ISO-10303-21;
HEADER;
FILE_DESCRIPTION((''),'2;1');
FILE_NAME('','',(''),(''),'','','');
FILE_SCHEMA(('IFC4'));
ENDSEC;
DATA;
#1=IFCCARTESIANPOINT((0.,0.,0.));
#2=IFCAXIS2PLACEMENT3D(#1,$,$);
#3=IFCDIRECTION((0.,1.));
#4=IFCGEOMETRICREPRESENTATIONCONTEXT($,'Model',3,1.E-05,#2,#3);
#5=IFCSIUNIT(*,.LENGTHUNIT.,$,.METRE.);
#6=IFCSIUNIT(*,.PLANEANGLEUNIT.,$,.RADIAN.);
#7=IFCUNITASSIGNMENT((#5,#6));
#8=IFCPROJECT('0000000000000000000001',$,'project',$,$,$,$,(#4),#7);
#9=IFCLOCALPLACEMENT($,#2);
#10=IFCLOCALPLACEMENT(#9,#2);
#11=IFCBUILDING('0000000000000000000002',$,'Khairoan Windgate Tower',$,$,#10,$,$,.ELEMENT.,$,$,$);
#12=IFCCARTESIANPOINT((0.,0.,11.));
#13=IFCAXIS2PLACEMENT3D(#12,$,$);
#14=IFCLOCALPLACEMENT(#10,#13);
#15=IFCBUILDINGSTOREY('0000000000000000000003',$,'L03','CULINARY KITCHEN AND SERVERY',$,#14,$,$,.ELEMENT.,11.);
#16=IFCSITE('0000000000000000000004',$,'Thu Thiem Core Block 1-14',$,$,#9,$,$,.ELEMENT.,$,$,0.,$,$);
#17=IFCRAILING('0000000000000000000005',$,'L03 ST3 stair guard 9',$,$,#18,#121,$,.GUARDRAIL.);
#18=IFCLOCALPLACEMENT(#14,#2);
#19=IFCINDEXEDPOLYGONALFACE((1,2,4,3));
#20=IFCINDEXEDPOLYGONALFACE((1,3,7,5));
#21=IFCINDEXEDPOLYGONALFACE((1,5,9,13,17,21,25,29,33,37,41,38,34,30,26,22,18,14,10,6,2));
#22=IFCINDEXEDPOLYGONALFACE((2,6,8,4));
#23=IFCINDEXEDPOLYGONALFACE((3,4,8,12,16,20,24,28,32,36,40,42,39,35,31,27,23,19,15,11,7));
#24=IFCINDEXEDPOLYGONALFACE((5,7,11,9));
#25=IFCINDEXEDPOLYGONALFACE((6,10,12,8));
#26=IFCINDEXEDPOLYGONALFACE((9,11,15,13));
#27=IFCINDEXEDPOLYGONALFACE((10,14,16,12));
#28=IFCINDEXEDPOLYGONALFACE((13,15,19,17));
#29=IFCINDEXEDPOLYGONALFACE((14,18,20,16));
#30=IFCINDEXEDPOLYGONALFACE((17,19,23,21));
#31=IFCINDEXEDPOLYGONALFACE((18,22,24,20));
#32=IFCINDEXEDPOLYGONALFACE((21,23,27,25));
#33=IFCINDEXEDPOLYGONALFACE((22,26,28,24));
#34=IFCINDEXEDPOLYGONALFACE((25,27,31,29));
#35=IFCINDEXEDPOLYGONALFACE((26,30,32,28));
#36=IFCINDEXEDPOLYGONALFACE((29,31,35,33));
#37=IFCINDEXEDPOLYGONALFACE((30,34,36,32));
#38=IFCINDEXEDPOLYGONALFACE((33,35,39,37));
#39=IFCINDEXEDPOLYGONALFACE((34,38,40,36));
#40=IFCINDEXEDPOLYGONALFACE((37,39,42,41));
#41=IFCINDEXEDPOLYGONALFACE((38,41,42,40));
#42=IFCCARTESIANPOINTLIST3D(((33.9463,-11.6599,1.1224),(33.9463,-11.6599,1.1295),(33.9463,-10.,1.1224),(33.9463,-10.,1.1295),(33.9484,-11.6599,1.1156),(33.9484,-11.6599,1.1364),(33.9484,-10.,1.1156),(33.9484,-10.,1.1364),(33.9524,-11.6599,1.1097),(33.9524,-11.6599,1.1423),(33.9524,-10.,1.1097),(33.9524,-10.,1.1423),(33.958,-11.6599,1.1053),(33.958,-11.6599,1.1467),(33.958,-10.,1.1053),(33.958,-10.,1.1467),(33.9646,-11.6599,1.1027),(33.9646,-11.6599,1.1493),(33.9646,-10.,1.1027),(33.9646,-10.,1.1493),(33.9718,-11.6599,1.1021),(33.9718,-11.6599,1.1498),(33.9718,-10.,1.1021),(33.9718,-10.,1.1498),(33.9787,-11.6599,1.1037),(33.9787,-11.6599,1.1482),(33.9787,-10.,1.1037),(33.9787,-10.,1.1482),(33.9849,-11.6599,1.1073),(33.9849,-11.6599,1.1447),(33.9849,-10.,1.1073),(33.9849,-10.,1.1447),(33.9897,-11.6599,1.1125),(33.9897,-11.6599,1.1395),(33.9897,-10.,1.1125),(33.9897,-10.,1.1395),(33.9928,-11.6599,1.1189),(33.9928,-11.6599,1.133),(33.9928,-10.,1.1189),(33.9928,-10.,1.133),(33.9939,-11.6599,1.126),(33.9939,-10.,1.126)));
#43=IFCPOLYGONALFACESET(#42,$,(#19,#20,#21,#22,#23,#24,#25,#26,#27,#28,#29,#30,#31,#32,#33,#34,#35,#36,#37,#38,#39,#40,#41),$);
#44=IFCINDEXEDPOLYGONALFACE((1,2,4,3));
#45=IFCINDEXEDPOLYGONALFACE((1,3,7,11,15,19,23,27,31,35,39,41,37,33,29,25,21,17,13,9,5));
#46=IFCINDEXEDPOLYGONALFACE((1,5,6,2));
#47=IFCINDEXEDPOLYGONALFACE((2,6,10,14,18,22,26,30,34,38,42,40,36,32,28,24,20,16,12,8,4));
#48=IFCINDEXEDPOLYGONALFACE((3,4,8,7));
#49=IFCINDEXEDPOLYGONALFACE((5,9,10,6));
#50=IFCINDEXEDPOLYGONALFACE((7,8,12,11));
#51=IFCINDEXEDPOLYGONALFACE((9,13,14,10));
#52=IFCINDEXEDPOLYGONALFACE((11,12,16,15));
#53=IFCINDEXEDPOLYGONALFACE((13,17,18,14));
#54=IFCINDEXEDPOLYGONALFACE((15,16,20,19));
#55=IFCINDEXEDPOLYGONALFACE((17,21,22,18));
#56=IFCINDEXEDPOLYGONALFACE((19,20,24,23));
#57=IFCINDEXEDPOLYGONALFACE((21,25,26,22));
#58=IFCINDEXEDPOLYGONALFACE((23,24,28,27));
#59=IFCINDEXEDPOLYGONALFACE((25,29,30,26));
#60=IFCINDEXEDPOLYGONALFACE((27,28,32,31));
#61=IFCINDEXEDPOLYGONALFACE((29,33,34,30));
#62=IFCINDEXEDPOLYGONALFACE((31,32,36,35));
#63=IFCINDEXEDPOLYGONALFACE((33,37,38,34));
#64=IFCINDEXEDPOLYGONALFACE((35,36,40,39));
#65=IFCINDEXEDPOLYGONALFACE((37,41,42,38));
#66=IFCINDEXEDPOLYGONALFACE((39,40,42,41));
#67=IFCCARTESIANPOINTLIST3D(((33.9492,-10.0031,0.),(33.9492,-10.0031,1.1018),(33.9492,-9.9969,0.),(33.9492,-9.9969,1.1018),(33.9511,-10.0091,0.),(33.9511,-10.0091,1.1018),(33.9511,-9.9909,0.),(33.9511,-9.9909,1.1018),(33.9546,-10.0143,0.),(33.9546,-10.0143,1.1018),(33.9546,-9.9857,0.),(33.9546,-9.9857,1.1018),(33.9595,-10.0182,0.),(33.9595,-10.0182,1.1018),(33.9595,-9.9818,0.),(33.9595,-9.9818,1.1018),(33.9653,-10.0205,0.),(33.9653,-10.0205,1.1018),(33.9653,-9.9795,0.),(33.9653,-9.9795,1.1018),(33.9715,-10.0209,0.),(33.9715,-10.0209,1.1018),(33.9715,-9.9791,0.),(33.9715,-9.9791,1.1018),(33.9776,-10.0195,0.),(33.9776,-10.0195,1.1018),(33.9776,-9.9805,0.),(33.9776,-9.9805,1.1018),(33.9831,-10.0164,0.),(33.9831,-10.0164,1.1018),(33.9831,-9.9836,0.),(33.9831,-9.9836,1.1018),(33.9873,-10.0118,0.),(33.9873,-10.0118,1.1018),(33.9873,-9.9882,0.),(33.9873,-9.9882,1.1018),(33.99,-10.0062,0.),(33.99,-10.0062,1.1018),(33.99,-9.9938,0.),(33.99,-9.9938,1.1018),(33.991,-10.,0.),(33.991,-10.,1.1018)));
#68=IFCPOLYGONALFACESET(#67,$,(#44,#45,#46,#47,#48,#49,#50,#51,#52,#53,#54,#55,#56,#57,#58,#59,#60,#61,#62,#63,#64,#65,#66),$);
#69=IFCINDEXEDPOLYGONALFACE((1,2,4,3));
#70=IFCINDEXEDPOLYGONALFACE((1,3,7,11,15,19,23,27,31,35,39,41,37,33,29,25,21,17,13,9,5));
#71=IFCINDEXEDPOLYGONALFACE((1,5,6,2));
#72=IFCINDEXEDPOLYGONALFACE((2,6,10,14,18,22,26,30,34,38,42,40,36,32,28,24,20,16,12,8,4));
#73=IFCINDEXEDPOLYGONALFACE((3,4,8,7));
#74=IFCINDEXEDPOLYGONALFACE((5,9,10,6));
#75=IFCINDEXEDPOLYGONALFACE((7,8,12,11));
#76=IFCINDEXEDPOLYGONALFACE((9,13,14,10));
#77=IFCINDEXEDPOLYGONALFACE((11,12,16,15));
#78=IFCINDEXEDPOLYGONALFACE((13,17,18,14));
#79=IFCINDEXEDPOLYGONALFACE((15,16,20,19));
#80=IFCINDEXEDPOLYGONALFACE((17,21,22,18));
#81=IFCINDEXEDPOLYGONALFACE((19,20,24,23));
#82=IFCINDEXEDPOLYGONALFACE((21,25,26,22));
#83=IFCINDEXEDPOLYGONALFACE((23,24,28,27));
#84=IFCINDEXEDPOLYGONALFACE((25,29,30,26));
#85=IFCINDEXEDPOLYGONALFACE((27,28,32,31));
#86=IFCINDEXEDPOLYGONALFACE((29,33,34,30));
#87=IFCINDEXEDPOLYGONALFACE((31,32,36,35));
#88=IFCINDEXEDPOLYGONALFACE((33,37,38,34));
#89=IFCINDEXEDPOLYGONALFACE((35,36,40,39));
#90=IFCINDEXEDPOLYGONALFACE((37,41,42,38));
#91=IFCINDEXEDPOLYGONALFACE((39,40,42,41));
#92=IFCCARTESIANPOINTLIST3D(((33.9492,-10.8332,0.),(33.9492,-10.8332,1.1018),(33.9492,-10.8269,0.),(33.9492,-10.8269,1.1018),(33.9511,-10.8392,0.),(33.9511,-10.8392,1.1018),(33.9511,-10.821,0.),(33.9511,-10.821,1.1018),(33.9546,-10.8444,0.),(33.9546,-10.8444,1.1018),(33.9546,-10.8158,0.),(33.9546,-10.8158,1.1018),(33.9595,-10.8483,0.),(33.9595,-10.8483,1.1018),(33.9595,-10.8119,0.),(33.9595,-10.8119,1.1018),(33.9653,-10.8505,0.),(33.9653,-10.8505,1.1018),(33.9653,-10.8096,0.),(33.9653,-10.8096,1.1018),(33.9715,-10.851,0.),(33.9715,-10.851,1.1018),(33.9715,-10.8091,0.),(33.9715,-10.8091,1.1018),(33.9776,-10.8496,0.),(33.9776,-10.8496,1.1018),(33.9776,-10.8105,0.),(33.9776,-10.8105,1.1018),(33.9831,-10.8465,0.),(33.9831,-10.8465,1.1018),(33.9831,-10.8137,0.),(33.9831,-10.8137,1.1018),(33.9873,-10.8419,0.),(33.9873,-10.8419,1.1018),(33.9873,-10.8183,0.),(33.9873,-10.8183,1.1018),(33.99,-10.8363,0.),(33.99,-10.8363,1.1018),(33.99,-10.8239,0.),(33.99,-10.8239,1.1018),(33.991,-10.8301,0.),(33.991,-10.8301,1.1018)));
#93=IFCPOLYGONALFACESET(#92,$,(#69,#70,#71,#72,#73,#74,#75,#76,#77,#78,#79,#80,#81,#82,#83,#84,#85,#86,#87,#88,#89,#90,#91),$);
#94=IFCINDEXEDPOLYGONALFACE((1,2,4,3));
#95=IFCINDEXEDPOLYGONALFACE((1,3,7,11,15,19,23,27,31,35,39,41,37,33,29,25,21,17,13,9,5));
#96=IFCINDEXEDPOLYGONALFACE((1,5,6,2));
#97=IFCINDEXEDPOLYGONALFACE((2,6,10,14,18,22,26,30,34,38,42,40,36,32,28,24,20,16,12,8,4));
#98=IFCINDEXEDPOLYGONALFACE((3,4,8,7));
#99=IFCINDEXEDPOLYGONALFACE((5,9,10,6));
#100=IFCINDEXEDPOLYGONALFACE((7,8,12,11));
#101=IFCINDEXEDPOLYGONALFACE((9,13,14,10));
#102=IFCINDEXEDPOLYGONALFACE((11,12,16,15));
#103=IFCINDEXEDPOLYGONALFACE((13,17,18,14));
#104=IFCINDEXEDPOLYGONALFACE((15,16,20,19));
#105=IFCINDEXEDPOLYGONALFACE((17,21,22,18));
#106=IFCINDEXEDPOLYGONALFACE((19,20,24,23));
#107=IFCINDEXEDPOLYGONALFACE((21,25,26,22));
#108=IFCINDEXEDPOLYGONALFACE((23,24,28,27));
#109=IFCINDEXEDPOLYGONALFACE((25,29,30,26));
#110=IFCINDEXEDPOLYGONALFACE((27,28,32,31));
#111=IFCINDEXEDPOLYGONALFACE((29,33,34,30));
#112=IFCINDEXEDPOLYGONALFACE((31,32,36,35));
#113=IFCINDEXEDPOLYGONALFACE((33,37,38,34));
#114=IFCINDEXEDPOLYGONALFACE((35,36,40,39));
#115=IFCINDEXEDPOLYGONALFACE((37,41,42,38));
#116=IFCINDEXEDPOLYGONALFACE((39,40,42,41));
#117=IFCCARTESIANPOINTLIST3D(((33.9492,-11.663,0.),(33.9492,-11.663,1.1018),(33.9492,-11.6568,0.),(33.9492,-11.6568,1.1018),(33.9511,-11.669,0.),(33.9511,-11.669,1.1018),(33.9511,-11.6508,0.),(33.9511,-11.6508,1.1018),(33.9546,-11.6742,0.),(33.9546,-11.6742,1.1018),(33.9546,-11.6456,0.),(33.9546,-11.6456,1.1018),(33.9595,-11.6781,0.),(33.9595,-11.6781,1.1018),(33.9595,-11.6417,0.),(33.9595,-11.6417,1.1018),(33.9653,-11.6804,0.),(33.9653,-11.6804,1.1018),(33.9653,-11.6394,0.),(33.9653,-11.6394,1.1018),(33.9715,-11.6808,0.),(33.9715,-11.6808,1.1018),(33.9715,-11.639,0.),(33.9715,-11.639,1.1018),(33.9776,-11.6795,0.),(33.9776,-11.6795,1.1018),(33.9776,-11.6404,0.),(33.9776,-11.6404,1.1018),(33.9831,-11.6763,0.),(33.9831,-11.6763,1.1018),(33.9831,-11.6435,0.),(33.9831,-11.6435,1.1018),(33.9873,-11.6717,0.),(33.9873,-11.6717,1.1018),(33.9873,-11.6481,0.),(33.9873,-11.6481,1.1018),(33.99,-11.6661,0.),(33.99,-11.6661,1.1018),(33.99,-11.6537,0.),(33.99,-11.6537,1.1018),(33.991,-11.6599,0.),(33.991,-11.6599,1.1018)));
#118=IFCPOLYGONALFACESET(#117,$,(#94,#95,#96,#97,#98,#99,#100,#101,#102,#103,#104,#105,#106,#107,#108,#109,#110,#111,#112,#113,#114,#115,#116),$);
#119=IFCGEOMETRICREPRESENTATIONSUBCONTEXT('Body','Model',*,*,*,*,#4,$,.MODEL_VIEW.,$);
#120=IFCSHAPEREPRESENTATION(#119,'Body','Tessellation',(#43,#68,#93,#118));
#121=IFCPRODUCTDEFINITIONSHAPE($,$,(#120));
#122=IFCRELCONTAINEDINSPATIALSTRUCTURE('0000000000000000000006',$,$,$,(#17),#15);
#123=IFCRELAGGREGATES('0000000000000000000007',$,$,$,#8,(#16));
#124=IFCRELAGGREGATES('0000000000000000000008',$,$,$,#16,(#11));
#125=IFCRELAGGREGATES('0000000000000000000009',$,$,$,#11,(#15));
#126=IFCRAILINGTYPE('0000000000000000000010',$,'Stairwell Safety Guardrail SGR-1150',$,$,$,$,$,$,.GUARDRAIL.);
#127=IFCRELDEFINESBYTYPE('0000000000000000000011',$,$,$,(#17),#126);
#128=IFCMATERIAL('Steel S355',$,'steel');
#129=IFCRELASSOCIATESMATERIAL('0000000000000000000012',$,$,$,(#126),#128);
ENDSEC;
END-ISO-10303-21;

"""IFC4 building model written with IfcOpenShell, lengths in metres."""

from ifc_helpers import new_model, si_unit, direction, frame, origin, origin_2d, place, context, subcontext, project, spatial, circle, extrude, material, type_object, element, save


model = new_model("IFC4")

# Units and contexts
model_context = context("Model", 3, precision=1e-05, world=origin(), true_north=direction((0.0, 1.0)))
body_context = subcontext(model_context, "Body", "Model", "MODEL_VIEW")
ifc_project = project(units=[si_unit("LENGTHUNIT", "METRE"), si_unit("PLANEANGLEUNIT", "RADIAN")], contexts=[model_context])

# Site, building, storey
site_placement = place(None, origin())
site = spatial("IfcSite", under=ifc_project, at=site_placement, Name="Thu Thiem Core Block 1-14", CompositionType="ELEMENT", RefElevation=0.0)
building_placement = place(site_placement, origin())
building = spatial("IfcBuilding", under=site, at=building_placement, Name="Khairoan Windgate Tower", CompositionType="ELEMENT")
storey_placement = place(building_placement, frame((0.0, 0.0, 11.0)))
storey = spatial("IfcBuildingStorey", under=building, at=storey_placement, Name="L03", Description="CULINARY KITCHEN AND SERVERY", CompositionType="ELEMENT", Elevation=11.0)

# Railing
ifc_material_1 = material(Name="Steel S355", Category="steel")
railing_type_1 = type_object("IfcRailingType", Name="Stairwell Safety Guardrail SGR-1150", PredefinedType="GUARDRAIL", material=ifc_material_1)
for number, where, name in (
    (1, (33.97, -10.0, 0.0), "L03 ST3 stair guard 9"),
):
    element("IfcRailing", number, at=place(storey_placement, frame(where)), inside=storey, type_object=railing_type_1, Name=name, PredefinedType="GUARDRAIL", context=body_context, shape_type="SweptSolid", body=[
        extrude(circle(Radius=0.0239, at=origin_2d()), frame((0.0, 0.0, 1.126), z_axis=(0.0, -1.0, 0.0), x_axis=(1.0, 0.0, 0.0)), (0.0, 0.0, 1.0), 1.6599),
        extrude(circle(Radius=0.021, at=origin_2d()), origin(), (0.0, 0.0, 1.0), 1.1018),
        extrude(circle(Radius=0.021, at=origin_2d()), frame((0.0, -0.8301, 0.0)), (0.0, 0.0, 1.0), 1.1018),
        extrude(circle(Radius=0.021, at=origin_2d()), frame((0.0, -1.6599, 0.0)), (0.0, 0.0, 1.0), 1.1018),
    ])

save(model, "model.ifc")
